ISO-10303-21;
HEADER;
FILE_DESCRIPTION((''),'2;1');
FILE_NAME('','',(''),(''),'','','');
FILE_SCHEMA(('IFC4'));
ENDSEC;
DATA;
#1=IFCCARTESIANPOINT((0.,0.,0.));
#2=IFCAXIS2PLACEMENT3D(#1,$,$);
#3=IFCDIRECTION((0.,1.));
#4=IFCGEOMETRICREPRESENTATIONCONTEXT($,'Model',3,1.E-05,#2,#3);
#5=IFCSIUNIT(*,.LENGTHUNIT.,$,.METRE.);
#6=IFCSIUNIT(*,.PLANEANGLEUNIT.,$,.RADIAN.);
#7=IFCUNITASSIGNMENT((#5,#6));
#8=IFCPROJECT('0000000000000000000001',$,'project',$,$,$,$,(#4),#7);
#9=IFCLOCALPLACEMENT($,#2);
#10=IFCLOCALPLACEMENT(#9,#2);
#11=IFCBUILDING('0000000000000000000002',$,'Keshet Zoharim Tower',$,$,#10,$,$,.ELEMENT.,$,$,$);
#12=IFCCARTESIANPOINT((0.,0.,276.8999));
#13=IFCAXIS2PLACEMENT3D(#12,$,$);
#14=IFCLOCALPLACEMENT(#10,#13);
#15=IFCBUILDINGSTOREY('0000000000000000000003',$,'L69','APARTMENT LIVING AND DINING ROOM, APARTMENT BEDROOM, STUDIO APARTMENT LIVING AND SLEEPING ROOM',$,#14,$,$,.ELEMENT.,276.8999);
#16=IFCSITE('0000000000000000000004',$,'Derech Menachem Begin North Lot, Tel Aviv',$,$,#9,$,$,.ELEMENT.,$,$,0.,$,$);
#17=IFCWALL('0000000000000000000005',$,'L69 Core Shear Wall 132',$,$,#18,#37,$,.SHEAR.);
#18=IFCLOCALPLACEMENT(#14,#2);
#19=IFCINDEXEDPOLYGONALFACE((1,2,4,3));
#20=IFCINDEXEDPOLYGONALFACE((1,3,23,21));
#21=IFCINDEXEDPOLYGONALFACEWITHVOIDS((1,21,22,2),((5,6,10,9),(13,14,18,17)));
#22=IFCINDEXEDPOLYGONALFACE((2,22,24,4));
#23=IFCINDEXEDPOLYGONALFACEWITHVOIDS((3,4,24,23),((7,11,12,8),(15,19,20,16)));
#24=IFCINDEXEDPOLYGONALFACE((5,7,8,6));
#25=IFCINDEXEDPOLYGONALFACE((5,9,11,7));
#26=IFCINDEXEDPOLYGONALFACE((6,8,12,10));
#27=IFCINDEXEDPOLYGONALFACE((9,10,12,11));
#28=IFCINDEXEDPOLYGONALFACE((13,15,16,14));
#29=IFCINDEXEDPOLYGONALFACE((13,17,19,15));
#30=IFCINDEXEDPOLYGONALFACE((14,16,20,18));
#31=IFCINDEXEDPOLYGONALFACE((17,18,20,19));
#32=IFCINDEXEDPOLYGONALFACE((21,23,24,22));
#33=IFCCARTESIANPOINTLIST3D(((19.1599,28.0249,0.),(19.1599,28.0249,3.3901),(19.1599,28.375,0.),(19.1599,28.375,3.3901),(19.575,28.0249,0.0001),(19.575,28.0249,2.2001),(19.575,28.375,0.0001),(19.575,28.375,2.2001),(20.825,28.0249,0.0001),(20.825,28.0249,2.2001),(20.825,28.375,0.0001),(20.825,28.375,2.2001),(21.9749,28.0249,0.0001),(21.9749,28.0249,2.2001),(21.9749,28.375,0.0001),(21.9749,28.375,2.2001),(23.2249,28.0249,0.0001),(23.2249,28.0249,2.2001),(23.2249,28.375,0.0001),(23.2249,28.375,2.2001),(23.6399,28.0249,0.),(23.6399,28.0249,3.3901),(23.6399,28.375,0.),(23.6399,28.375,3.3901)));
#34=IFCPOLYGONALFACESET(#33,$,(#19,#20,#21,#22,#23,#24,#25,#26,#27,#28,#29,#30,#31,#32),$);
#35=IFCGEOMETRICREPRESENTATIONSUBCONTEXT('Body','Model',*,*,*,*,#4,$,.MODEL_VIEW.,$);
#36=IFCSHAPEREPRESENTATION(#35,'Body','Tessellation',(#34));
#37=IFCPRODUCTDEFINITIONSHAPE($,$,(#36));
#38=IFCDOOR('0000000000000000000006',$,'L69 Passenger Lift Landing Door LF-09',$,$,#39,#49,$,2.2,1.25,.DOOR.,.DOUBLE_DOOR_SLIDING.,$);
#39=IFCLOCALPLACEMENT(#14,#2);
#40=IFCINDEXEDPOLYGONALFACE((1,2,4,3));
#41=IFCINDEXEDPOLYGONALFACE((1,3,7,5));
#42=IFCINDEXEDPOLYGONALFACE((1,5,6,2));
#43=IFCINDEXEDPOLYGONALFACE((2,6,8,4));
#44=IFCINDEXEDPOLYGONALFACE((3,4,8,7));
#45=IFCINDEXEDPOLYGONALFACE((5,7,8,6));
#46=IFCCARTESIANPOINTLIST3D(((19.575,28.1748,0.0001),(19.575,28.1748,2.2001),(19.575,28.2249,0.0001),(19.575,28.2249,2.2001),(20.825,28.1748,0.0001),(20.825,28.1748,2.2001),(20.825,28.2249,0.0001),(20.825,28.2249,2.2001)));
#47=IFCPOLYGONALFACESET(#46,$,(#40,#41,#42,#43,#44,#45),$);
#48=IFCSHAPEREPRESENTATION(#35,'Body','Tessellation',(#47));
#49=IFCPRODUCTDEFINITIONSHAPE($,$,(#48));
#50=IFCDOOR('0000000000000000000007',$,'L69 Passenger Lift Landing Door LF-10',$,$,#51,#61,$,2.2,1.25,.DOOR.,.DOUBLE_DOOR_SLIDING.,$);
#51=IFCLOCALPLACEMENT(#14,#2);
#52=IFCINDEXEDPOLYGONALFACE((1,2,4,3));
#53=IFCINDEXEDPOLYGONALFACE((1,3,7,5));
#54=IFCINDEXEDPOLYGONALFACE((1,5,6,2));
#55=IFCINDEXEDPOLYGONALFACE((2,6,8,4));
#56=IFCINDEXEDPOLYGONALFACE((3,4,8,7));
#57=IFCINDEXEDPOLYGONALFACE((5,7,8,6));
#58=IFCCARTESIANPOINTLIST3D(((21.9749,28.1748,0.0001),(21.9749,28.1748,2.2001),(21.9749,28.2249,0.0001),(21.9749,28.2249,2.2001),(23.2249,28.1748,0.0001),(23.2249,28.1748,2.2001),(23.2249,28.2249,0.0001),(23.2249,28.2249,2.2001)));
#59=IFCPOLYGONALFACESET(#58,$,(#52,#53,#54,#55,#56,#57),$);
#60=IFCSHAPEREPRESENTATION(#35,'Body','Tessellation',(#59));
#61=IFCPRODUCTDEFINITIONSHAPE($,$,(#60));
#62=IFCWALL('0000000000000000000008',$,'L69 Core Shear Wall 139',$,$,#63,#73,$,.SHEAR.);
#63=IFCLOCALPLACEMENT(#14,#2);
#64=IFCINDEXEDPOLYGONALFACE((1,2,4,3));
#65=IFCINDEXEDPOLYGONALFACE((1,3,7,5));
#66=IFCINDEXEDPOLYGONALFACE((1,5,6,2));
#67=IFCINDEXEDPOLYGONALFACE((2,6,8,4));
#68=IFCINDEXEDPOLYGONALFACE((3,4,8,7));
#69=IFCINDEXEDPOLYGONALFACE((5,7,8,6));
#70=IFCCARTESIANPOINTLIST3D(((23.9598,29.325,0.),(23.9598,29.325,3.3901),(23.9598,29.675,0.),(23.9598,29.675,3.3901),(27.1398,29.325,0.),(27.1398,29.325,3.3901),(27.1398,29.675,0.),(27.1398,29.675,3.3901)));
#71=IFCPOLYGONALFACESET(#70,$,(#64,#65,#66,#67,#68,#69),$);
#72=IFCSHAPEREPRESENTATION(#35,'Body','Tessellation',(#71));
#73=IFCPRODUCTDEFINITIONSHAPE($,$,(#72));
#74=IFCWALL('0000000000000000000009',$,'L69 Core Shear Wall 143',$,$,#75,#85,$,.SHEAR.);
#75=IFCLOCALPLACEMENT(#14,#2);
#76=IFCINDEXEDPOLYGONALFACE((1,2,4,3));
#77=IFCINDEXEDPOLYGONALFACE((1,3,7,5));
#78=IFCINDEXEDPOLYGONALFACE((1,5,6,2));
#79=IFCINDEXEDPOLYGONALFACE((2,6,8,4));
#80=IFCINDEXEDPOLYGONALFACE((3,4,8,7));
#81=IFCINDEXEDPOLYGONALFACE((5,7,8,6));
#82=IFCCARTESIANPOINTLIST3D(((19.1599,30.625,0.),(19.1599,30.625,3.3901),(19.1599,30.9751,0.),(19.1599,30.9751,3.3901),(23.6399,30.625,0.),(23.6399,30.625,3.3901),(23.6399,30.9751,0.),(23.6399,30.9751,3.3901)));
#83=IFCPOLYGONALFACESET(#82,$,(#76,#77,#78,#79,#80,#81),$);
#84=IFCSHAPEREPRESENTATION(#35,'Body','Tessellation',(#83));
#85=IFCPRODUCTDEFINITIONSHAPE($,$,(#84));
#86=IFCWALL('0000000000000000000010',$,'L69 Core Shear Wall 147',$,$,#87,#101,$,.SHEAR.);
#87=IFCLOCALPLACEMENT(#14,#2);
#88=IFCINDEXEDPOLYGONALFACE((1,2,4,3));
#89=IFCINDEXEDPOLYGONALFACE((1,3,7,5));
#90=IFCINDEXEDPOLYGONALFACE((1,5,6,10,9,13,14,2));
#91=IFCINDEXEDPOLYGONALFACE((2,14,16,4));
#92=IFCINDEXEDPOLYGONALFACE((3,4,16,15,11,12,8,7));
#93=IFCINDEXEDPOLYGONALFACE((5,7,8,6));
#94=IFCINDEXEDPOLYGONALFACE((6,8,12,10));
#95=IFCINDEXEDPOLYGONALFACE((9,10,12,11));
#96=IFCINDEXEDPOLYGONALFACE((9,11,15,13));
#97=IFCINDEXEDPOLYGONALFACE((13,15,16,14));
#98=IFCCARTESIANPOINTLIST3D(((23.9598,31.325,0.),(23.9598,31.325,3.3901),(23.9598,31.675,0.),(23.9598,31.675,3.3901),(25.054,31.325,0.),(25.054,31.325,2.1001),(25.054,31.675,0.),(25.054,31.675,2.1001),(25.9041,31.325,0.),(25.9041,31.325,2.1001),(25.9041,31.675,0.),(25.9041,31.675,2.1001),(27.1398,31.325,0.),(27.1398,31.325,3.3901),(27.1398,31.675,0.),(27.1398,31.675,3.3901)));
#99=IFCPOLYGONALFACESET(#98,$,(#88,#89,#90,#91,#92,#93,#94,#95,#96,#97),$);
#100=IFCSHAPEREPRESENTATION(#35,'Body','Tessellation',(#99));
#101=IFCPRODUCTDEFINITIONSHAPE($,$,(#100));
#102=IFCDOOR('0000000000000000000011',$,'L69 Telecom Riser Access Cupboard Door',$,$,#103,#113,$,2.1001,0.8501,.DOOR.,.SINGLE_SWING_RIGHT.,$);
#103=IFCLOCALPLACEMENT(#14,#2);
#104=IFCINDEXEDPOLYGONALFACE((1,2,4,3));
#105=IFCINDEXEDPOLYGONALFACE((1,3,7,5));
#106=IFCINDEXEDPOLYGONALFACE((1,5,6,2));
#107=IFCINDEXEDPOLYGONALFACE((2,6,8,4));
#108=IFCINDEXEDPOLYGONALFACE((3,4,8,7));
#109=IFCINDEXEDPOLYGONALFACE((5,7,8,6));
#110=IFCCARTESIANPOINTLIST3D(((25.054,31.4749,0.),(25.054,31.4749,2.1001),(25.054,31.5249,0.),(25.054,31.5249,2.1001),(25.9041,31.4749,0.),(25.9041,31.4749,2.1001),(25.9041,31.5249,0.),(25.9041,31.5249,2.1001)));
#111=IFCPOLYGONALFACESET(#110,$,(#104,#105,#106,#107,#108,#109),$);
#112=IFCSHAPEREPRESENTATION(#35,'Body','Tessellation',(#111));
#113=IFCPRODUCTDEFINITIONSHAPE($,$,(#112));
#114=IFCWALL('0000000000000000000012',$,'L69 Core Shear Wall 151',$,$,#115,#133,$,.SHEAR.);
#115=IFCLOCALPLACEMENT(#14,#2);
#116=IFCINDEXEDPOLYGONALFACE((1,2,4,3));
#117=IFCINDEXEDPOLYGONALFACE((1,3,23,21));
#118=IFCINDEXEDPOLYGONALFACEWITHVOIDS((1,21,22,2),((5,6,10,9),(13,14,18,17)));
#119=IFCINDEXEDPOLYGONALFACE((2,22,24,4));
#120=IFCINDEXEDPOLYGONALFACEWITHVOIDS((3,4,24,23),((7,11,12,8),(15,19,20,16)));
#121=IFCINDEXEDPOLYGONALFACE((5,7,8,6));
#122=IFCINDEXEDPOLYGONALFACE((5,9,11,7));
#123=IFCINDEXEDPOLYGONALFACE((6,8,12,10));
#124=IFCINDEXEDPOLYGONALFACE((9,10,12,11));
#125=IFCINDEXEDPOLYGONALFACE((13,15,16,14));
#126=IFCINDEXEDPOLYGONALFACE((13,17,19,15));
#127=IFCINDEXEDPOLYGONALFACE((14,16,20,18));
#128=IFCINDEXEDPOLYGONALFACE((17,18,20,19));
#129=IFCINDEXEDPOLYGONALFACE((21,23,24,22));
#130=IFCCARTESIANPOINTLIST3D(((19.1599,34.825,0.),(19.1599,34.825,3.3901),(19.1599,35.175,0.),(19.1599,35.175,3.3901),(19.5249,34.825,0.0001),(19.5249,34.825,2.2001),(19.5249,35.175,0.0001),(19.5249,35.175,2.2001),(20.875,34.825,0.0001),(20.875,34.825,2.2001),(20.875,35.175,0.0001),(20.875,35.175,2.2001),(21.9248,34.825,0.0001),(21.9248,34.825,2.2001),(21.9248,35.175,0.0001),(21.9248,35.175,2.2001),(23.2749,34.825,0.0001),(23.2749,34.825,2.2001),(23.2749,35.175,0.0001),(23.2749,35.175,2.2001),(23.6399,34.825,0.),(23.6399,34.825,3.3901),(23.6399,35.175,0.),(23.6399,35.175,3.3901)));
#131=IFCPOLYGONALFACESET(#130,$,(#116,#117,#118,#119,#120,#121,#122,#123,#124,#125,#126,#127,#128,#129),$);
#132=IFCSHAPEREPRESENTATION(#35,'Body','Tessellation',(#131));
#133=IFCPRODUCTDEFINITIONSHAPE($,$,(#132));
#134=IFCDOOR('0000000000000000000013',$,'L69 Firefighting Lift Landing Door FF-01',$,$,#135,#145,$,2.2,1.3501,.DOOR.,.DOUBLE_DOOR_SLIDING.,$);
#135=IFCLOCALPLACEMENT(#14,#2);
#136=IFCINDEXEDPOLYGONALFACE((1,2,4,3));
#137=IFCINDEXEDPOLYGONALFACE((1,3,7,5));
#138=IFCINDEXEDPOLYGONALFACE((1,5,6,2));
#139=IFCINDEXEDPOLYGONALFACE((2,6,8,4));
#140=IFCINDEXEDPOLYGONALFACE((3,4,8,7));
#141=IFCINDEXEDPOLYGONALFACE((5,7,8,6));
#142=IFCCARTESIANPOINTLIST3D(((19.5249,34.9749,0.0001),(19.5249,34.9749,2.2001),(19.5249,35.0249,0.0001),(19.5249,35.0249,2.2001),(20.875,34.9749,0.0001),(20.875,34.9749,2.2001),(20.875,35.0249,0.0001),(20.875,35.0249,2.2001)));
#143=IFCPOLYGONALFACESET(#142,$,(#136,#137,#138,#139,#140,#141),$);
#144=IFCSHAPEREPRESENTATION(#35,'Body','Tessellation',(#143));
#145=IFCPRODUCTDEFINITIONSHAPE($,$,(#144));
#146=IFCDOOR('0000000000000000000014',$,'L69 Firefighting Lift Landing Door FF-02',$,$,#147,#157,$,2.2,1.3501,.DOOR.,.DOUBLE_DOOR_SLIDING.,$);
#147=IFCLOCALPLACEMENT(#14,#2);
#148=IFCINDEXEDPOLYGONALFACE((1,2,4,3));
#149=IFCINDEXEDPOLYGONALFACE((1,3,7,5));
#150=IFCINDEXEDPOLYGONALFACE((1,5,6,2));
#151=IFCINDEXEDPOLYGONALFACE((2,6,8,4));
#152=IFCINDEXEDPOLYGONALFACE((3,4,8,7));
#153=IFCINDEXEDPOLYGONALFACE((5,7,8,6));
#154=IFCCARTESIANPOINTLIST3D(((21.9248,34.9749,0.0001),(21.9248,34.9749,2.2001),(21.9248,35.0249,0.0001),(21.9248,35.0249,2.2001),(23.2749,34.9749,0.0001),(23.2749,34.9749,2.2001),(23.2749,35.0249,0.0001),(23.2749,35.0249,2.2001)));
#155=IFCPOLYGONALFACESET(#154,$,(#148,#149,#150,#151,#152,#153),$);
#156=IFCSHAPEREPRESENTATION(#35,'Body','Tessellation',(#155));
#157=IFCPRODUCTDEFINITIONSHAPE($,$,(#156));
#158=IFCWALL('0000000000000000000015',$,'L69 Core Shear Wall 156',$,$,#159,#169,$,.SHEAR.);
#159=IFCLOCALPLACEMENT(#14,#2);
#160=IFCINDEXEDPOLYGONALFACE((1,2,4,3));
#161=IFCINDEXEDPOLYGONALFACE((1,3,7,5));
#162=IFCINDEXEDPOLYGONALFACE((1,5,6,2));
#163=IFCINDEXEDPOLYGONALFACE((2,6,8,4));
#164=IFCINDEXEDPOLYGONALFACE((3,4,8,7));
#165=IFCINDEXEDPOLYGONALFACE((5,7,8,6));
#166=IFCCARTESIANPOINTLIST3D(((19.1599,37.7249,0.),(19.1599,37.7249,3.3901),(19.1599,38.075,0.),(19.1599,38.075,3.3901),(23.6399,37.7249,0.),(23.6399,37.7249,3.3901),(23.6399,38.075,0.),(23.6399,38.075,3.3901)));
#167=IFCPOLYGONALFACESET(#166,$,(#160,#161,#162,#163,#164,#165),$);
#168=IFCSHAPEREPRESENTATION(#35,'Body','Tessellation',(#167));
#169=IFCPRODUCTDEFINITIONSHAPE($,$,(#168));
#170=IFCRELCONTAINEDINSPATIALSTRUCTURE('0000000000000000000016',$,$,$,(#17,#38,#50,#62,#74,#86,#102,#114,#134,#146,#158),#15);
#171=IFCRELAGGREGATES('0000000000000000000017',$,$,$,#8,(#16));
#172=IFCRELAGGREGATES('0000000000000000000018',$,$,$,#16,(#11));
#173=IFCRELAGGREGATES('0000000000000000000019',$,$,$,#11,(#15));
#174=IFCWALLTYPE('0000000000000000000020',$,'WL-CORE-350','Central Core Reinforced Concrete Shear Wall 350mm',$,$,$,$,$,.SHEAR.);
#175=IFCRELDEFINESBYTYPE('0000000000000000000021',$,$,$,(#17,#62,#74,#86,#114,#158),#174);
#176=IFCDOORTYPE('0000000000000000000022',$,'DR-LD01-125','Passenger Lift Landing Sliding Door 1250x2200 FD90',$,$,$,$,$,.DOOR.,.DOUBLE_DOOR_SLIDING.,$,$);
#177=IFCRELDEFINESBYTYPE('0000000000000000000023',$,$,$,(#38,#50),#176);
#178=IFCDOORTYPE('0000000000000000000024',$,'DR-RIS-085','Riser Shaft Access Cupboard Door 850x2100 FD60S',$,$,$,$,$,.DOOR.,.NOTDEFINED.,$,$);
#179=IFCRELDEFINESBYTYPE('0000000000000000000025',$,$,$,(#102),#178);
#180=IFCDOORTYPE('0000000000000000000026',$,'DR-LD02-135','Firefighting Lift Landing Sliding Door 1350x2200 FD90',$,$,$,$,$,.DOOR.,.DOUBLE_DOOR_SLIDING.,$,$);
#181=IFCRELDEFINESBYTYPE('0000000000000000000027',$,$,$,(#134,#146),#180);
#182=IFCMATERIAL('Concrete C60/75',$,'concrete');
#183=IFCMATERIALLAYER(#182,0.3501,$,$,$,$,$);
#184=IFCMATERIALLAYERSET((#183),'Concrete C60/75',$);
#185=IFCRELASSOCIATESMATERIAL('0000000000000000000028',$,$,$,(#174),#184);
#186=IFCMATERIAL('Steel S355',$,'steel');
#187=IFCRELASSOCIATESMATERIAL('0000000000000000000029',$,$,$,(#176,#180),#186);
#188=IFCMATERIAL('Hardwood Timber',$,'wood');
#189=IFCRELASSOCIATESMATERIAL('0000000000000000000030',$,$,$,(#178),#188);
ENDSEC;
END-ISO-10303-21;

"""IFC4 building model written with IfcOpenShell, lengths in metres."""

from ifc_helpers import new_model, si_unit, direction, frame, frame_2d, origin, place, context, subcontext, project, spatial, rectangle, extrude, material, layer, layer_set, type_object, element, fill, save


model = new_model("IFC4")

# Units and contexts
model_context = context("Model", 3, precision=1e-05, world=origin(), true_north=direction((0.0, 1.0)))
body_context = subcontext(model_context, "Body", "Model", "MODEL_VIEW")
ifc_project = project(units=[si_unit("LENGTHUNIT", "METRE"), si_unit("PLANEANGLEUNIT", "RADIAN")], contexts=[model_context])

# Site, building, storey
site_placement = place(None, origin())
site = spatial("IfcSite", under=ifc_project, at=site_placement, Name="Derech Menachem Begin North Lot, Tel Aviv", CompositionType="ELEMENT", RefElevation=0.0)
building_placement = place(site_placement, origin())
building = spatial("IfcBuilding", under=site, at=building_placement, Name="Keshet Zoharim Tower", CompositionType="ELEMENT")
storey_placement = place(building_placement, frame((0.0, 0.0, 276.8999)))
storey = spatial("IfcBuildingStorey", under=building, at=storey_placement, Name="L69", Description="APARTMENT LIVING AND DINING ROOM, APARTMENT BEDROOM, STUDIO APARTMENT LIVING AND SLEEPING ROOM", CompositionType="ELEMENT", Elevation=276.8999)

# Shared definitions
ifc_material_1 = material(Name="Steel S355", Category="steel")

# Shared definitions
ifc_material_2 = material(Name="Concrete C60/75", Category="concrete")
ifc_layer_1 = layer(ifc_material_2, 0.3501)
ifc_layer_set_1 = layer_set([ifc_layer_1], Name="Concrete C60/75")
wall_type_1 = type_object("IfcWallType", Name="WL-CORE-350", Description="Central Core Reinforced Concrete Shear Wall 350mm", PredefinedType="SHEAR", material=ifc_layer_set_1)

# Shared definitions
ifc_material_3 = material(Name="Hardwood Timber", Category="wood")

# Wall, openings, doors
wall_1_placement = place(storey_placement, frame((19.1599, 28.2, 0.0), z_axis=(0.0, 0.0, 1.0), x_axis=(1.0, 0.0, 0.0)))
wall_1 = element("IfcWall", 1, at=wall_1_placement, inside=storey, type_object=wall_type_1, Name="L69 Core Shear Wall 132", PredefinedType="SHEAR", context=body_context, shape_type="SweptSolid", body=[
    extrude(rectangle(XDim=4.48, YDim=0.3501, at=frame_2d((2.24, 0.0))), origin(), (0.0, 0.0, 1.0), 3.3901),
])
opening_1_placement = place(wall_1_placement, frame((0.415, 0.0, 0.0)))
opening_1 = element("IfcOpeningElement", 2, at=opening_1_placement, cuts=wall_1, PredefinedType="OPENING", context=body_context, shape_type="SweptSolid", body=[
    extrude(rectangle(XDim=1.25, YDim=2.2, at=frame_2d((0.625, 1.1001))), frame((0.0, 0.1851, 0.0), z_axis=(0.0, -1.0, 0.0), x_axis=(1.0, 0.0, 0.0)), (0.0, 0.0, 1.0), 0.3701),
])
opening_2_placement = place(wall_1_placement, frame((2.8149, 0.0, 0.0)))
opening_2 = element("IfcOpeningElement", 3, at=opening_2_placement, cuts=wall_1, PredefinedType="OPENING", context=body_context, shape_type="SweptSolid", body=[
    extrude(rectangle(XDim=1.25, YDim=2.2, at=frame_2d((0.625, 1.1001))), frame((0.0, 0.1851, 0.0), z_axis=(0.0, -1.0, 0.0), x_axis=(1.0, 0.0, 0.0)), (0.0, 0.0, 1.0), 0.3701),
])
door_type_1 = type_object("IfcDoorType", Name="DR-LD01-125", Description="Passenger Lift Landing Sliding Door 1250x2200 FD90", OperationType="DOUBLE_DOOR_SLIDING", PredefinedType="DOOR", material=ifc_material_1)
door_1_placement = place(opening_1_placement, origin())
door_1 = element("IfcDoor", 4, at=door_1_placement, inside=storey, type_object=door_type_1, Name="L69 Passenger Lift Landing Door LF-09", OperationType="DOUBLE_DOOR_SLIDING", OverallHeight=2.2, OverallWidth=1.25, PredefinedType="DOOR", context=body_context, shape_type="SweptSolid", body=[
    extrude(rectangle(XDim=1.25, YDim=2.2, at=frame_2d((0.625, 1.1001))), frame((0.0, 0.0249, 0.0), z_axis=(0.0, -1.0, 0.0), x_axis=(1.0, 0.0, 0.0)), (0.0, 0.0, 1.0), 0.05),
])
fill(opening_1, door_1)
door_2_placement = place(opening_2_placement, origin())
door_2 = element("IfcDoor", 5, at=door_2_placement, inside=storey, type_object=door_type_1, Name="L69 Passenger Lift Landing Door LF-10", OperationType="DOUBLE_DOOR_SLIDING", OverallHeight=2.2, OverallWidth=1.25, PredefinedType="DOOR", context=body_context, shape_type="SweptSolid", body=[
    extrude(rectangle(XDim=1.25, YDim=2.2, at=frame_2d((0.625, 1.1001))), frame((0.0, 0.0249, 0.0), z_axis=(0.0, -1.0, 0.0), x_axis=(1.0, 0.0, 0.0)), (0.0, 0.0, 1.0), 0.05),
])
fill(opening_2, door_2)

# Walls
wall_2_placement = place(storey_placement, frame((23.96, 29.5, 0.0), z_axis=(0.0, 0.0, 1.0), x_axis=(1.0, 0.0, 0.0)))
element("IfcWall", 6, at=wall_2_placement, inside=storey, type_object=wall_type_1, Name="L69 Core Shear Wall 139", PredefinedType="SHEAR", context=body_context, shape_type="SweptSolid", body=[
    extrude(rectangle(XDim=3.1799, YDim=0.3501, at=frame_2d((1.5898, 0.0))), origin(), (0.0, 0.0, 1.0), 3.3901),
])
wall_3_placement = place(storey_placement, frame((19.1599, 30.8, 0.0), z_axis=(0.0, 0.0, 1.0), x_axis=(1.0, 0.0, 0.0)))
element("IfcWall", 7, at=wall_3_placement, inside=storey, type_object=wall_type_1, Name="L69 Core Shear Wall 143", PredefinedType="SHEAR", context=body_context, shape_type="SweptSolid", body=[
    extrude(rectangle(XDim=4.48, YDim=0.3501, at=frame_2d((2.24, 0.0))), origin(), (0.0, 0.0, 1.0), 3.3901),
])

# Wall, opening, door
wall_4_placement = place(storey_placement, frame((23.96, 31.5, 0.0), z_axis=(0.0, 0.0, 1.0), x_axis=(1.0, 0.0, 0.0)))
wall_4 = element("IfcWall", 8, at=wall_4_placement, inside=storey, type_object=wall_type_1, Name="L69 Core Shear Wall 147", PredefinedType="SHEAR", context=body_context, shape_type="SweptSolid", body=[
    extrude(rectangle(XDim=3.1799, YDim=0.3501, at=frame_2d((1.5898, 0.0))), origin(), (0.0, 0.0, 1.0), 3.3901),
])
opening_3_placement = place(wall_4_placement, frame((1.094, 0.0, 0.0)))
opening_3 = element("IfcOpeningElement", 9, at=opening_3_placement, cuts=wall_4, PredefinedType="OPENING", context=body_context, shape_type="SweptSolid", body=[
    extrude(rectangle(XDim=0.8501, YDim=2.1001, at=frame_2d((0.425, 1.05))), frame((0.0, 0.1851, 0.0), z_axis=(0.0, -1.0, 0.0), x_axis=(1.0, 0.0, 0.0)), (0.0, 0.0, 1.0), 0.3701),
])
door_type_2 = type_object("IfcDoorType", Name="DR-RIS-085", Description="Riser Shaft Access Cupboard Door 850x2100 FD60S", OperationType="NOTDEFINED", PredefinedType="DOOR", material=ifc_material_3)
door_3_placement = place(opening_3_placement, origin())
door_3 = element("IfcDoor", 10, at=door_3_placement, inside=storey, type_object=door_type_2, Name="L69 Telecom Riser Access Cupboard Door", OperationType="SINGLE_SWING_RIGHT", OverallHeight=2.1001, OverallWidth=0.8501, PredefinedType="DOOR", context=body_context, shape_type="SweptSolid", body=[
    extrude(rectangle(XDim=0.8501, YDim=2.1001, at=frame_2d((0.425, 1.05))), frame((0.0, 0.0249, 0.0), z_axis=(0.0, -1.0, 0.0), x_axis=(1.0, 0.0, 0.0)), (0.0, 0.0, 1.0), 0.05),
])
fill(opening_3, door_3)

# Wall, openings, doors
wall_5_placement = place(storey_placement, frame((19.1599, 35.0, 0.0), z_axis=(0.0, 0.0, 1.0), x_axis=(1.0, 0.0, 0.0)))
wall_5 = element("IfcWall", 11, at=wall_5_placement, inside=storey, type_object=wall_type_1, Name="L69 Core Shear Wall 151", PredefinedType="SHEAR", context=body_context, shape_type="SweptSolid", body=[
    extrude(rectangle(XDim=4.48, YDim=0.3501, at=frame_2d((2.24, 0.0))), origin(), (0.0, 0.0, 1.0), 3.3901),
])
opening_4_placement = place(wall_5_placement, frame((0.365, 0.0, 0.0)))
opening_4 = element("IfcOpeningElement", 12, at=opening_4_placement, cuts=wall_5, PredefinedType="OPENING", context=body_context, shape_type="SweptSolid", body=[
    extrude(rectangle(XDim=1.3501, YDim=2.2, at=frame_2d((0.675, 1.1001))), frame((0.0, 0.1851, 0.0), z_axis=(0.0, -1.0, 0.0), x_axis=(1.0, 0.0, 0.0)), (0.0, 0.0, 1.0), 0.3701),
])
opening_5_placement = place(wall_5_placement, frame((2.7649, 0.0, 0.0)))
opening_5 = element("IfcOpeningElement", 13, at=opening_5_placement, cuts=wall_5, PredefinedType="OPENING", context=body_context, shape_type="SweptSolid", body=[
    extrude(rectangle(XDim=1.3501, YDim=2.2, at=frame_2d((0.675, 1.1001))), frame((0.0, 0.1851, 0.0), z_axis=(0.0, -1.0, 0.0), x_axis=(1.0, 0.0, 0.0)), (0.0, 0.0, 1.0), 0.3701),
])
door_type_3 = type_object("IfcDoorType", Name="DR-LD02-135", Description="Firefighting Lift Landing Sliding Door 1350x2200 FD90", OperationType="DOUBLE_DOOR_SLIDING", PredefinedType="DOOR", material=ifc_material_1)
door_4_placement = place(opening_4_placement, origin())
door_4 = element("IfcDoor", 14, at=door_4_placement, inside=storey, type_object=door_type_3, Name="L69 Firefighting Lift Landing Door FF-01", OperationType="DOUBLE_DOOR_SLIDING", OverallHeight=2.2, OverallWidth=1.3501, PredefinedType="DOOR", context=body_context, shape_type="SweptSolid", body=[
    extrude(rectangle(XDim=1.3501, YDim=2.2, at=frame_2d((0.675, 1.1001))), frame((0.0, 0.0249, 0.0), z_axis=(0.0, -1.0, 0.0), x_axis=(1.0, 0.0, 0.0)), (0.0, 0.0, 1.0), 0.05),
])
fill(opening_4, door_4)
door_5_placement = place(opening_5_placement, origin())
door_5 = element("IfcDoor", 15, at=door_5_placement, inside=storey, type_object=door_type_3, Name="L69 Firefighting Lift Landing Door FF-02", OperationType="DOUBLE_DOOR_SLIDING", OverallHeight=2.2, OverallWidth=1.3501, PredefinedType="DOOR", context=body_context, shape_type="SweptSolid", body=[
    extrude(rectangle(XDim=1.3501, YDim=2.2, at=frame_2d((0.675, 1.1001))), frame((0.0, 0.0249, 0.0), z_axis=(0.0, -1.0, 0.0), x_axis=(1.0, 0.0, 0.0)), (0.0, 0.0, 1.0), 0.05),
])
fill(opening_5, door_5)

# Wall
wall_6_placement = place(storey_placement, frame((19.1599, 37.8999, 0.0), z_axis=(0.0, 0.0, 1.0), x_axis=(1.0, 0.0, 0.0)))
element("IfcWall", 16, at=wall_6_placement, inside=storey, type_object=wall_type_1, Name="L69 Core Shear Wall 156", PredefinedType="SHEAR", context=body_context, shape_type="SweptSolid", body=[
    extrude(rectangle(XDim=4.48, YDim=0.3501, at=frame_2d((2.24, 0.0))), origin(), (0.0, 0.0, 1.0), 3.3901),
])

save(model, "model.ifc")
